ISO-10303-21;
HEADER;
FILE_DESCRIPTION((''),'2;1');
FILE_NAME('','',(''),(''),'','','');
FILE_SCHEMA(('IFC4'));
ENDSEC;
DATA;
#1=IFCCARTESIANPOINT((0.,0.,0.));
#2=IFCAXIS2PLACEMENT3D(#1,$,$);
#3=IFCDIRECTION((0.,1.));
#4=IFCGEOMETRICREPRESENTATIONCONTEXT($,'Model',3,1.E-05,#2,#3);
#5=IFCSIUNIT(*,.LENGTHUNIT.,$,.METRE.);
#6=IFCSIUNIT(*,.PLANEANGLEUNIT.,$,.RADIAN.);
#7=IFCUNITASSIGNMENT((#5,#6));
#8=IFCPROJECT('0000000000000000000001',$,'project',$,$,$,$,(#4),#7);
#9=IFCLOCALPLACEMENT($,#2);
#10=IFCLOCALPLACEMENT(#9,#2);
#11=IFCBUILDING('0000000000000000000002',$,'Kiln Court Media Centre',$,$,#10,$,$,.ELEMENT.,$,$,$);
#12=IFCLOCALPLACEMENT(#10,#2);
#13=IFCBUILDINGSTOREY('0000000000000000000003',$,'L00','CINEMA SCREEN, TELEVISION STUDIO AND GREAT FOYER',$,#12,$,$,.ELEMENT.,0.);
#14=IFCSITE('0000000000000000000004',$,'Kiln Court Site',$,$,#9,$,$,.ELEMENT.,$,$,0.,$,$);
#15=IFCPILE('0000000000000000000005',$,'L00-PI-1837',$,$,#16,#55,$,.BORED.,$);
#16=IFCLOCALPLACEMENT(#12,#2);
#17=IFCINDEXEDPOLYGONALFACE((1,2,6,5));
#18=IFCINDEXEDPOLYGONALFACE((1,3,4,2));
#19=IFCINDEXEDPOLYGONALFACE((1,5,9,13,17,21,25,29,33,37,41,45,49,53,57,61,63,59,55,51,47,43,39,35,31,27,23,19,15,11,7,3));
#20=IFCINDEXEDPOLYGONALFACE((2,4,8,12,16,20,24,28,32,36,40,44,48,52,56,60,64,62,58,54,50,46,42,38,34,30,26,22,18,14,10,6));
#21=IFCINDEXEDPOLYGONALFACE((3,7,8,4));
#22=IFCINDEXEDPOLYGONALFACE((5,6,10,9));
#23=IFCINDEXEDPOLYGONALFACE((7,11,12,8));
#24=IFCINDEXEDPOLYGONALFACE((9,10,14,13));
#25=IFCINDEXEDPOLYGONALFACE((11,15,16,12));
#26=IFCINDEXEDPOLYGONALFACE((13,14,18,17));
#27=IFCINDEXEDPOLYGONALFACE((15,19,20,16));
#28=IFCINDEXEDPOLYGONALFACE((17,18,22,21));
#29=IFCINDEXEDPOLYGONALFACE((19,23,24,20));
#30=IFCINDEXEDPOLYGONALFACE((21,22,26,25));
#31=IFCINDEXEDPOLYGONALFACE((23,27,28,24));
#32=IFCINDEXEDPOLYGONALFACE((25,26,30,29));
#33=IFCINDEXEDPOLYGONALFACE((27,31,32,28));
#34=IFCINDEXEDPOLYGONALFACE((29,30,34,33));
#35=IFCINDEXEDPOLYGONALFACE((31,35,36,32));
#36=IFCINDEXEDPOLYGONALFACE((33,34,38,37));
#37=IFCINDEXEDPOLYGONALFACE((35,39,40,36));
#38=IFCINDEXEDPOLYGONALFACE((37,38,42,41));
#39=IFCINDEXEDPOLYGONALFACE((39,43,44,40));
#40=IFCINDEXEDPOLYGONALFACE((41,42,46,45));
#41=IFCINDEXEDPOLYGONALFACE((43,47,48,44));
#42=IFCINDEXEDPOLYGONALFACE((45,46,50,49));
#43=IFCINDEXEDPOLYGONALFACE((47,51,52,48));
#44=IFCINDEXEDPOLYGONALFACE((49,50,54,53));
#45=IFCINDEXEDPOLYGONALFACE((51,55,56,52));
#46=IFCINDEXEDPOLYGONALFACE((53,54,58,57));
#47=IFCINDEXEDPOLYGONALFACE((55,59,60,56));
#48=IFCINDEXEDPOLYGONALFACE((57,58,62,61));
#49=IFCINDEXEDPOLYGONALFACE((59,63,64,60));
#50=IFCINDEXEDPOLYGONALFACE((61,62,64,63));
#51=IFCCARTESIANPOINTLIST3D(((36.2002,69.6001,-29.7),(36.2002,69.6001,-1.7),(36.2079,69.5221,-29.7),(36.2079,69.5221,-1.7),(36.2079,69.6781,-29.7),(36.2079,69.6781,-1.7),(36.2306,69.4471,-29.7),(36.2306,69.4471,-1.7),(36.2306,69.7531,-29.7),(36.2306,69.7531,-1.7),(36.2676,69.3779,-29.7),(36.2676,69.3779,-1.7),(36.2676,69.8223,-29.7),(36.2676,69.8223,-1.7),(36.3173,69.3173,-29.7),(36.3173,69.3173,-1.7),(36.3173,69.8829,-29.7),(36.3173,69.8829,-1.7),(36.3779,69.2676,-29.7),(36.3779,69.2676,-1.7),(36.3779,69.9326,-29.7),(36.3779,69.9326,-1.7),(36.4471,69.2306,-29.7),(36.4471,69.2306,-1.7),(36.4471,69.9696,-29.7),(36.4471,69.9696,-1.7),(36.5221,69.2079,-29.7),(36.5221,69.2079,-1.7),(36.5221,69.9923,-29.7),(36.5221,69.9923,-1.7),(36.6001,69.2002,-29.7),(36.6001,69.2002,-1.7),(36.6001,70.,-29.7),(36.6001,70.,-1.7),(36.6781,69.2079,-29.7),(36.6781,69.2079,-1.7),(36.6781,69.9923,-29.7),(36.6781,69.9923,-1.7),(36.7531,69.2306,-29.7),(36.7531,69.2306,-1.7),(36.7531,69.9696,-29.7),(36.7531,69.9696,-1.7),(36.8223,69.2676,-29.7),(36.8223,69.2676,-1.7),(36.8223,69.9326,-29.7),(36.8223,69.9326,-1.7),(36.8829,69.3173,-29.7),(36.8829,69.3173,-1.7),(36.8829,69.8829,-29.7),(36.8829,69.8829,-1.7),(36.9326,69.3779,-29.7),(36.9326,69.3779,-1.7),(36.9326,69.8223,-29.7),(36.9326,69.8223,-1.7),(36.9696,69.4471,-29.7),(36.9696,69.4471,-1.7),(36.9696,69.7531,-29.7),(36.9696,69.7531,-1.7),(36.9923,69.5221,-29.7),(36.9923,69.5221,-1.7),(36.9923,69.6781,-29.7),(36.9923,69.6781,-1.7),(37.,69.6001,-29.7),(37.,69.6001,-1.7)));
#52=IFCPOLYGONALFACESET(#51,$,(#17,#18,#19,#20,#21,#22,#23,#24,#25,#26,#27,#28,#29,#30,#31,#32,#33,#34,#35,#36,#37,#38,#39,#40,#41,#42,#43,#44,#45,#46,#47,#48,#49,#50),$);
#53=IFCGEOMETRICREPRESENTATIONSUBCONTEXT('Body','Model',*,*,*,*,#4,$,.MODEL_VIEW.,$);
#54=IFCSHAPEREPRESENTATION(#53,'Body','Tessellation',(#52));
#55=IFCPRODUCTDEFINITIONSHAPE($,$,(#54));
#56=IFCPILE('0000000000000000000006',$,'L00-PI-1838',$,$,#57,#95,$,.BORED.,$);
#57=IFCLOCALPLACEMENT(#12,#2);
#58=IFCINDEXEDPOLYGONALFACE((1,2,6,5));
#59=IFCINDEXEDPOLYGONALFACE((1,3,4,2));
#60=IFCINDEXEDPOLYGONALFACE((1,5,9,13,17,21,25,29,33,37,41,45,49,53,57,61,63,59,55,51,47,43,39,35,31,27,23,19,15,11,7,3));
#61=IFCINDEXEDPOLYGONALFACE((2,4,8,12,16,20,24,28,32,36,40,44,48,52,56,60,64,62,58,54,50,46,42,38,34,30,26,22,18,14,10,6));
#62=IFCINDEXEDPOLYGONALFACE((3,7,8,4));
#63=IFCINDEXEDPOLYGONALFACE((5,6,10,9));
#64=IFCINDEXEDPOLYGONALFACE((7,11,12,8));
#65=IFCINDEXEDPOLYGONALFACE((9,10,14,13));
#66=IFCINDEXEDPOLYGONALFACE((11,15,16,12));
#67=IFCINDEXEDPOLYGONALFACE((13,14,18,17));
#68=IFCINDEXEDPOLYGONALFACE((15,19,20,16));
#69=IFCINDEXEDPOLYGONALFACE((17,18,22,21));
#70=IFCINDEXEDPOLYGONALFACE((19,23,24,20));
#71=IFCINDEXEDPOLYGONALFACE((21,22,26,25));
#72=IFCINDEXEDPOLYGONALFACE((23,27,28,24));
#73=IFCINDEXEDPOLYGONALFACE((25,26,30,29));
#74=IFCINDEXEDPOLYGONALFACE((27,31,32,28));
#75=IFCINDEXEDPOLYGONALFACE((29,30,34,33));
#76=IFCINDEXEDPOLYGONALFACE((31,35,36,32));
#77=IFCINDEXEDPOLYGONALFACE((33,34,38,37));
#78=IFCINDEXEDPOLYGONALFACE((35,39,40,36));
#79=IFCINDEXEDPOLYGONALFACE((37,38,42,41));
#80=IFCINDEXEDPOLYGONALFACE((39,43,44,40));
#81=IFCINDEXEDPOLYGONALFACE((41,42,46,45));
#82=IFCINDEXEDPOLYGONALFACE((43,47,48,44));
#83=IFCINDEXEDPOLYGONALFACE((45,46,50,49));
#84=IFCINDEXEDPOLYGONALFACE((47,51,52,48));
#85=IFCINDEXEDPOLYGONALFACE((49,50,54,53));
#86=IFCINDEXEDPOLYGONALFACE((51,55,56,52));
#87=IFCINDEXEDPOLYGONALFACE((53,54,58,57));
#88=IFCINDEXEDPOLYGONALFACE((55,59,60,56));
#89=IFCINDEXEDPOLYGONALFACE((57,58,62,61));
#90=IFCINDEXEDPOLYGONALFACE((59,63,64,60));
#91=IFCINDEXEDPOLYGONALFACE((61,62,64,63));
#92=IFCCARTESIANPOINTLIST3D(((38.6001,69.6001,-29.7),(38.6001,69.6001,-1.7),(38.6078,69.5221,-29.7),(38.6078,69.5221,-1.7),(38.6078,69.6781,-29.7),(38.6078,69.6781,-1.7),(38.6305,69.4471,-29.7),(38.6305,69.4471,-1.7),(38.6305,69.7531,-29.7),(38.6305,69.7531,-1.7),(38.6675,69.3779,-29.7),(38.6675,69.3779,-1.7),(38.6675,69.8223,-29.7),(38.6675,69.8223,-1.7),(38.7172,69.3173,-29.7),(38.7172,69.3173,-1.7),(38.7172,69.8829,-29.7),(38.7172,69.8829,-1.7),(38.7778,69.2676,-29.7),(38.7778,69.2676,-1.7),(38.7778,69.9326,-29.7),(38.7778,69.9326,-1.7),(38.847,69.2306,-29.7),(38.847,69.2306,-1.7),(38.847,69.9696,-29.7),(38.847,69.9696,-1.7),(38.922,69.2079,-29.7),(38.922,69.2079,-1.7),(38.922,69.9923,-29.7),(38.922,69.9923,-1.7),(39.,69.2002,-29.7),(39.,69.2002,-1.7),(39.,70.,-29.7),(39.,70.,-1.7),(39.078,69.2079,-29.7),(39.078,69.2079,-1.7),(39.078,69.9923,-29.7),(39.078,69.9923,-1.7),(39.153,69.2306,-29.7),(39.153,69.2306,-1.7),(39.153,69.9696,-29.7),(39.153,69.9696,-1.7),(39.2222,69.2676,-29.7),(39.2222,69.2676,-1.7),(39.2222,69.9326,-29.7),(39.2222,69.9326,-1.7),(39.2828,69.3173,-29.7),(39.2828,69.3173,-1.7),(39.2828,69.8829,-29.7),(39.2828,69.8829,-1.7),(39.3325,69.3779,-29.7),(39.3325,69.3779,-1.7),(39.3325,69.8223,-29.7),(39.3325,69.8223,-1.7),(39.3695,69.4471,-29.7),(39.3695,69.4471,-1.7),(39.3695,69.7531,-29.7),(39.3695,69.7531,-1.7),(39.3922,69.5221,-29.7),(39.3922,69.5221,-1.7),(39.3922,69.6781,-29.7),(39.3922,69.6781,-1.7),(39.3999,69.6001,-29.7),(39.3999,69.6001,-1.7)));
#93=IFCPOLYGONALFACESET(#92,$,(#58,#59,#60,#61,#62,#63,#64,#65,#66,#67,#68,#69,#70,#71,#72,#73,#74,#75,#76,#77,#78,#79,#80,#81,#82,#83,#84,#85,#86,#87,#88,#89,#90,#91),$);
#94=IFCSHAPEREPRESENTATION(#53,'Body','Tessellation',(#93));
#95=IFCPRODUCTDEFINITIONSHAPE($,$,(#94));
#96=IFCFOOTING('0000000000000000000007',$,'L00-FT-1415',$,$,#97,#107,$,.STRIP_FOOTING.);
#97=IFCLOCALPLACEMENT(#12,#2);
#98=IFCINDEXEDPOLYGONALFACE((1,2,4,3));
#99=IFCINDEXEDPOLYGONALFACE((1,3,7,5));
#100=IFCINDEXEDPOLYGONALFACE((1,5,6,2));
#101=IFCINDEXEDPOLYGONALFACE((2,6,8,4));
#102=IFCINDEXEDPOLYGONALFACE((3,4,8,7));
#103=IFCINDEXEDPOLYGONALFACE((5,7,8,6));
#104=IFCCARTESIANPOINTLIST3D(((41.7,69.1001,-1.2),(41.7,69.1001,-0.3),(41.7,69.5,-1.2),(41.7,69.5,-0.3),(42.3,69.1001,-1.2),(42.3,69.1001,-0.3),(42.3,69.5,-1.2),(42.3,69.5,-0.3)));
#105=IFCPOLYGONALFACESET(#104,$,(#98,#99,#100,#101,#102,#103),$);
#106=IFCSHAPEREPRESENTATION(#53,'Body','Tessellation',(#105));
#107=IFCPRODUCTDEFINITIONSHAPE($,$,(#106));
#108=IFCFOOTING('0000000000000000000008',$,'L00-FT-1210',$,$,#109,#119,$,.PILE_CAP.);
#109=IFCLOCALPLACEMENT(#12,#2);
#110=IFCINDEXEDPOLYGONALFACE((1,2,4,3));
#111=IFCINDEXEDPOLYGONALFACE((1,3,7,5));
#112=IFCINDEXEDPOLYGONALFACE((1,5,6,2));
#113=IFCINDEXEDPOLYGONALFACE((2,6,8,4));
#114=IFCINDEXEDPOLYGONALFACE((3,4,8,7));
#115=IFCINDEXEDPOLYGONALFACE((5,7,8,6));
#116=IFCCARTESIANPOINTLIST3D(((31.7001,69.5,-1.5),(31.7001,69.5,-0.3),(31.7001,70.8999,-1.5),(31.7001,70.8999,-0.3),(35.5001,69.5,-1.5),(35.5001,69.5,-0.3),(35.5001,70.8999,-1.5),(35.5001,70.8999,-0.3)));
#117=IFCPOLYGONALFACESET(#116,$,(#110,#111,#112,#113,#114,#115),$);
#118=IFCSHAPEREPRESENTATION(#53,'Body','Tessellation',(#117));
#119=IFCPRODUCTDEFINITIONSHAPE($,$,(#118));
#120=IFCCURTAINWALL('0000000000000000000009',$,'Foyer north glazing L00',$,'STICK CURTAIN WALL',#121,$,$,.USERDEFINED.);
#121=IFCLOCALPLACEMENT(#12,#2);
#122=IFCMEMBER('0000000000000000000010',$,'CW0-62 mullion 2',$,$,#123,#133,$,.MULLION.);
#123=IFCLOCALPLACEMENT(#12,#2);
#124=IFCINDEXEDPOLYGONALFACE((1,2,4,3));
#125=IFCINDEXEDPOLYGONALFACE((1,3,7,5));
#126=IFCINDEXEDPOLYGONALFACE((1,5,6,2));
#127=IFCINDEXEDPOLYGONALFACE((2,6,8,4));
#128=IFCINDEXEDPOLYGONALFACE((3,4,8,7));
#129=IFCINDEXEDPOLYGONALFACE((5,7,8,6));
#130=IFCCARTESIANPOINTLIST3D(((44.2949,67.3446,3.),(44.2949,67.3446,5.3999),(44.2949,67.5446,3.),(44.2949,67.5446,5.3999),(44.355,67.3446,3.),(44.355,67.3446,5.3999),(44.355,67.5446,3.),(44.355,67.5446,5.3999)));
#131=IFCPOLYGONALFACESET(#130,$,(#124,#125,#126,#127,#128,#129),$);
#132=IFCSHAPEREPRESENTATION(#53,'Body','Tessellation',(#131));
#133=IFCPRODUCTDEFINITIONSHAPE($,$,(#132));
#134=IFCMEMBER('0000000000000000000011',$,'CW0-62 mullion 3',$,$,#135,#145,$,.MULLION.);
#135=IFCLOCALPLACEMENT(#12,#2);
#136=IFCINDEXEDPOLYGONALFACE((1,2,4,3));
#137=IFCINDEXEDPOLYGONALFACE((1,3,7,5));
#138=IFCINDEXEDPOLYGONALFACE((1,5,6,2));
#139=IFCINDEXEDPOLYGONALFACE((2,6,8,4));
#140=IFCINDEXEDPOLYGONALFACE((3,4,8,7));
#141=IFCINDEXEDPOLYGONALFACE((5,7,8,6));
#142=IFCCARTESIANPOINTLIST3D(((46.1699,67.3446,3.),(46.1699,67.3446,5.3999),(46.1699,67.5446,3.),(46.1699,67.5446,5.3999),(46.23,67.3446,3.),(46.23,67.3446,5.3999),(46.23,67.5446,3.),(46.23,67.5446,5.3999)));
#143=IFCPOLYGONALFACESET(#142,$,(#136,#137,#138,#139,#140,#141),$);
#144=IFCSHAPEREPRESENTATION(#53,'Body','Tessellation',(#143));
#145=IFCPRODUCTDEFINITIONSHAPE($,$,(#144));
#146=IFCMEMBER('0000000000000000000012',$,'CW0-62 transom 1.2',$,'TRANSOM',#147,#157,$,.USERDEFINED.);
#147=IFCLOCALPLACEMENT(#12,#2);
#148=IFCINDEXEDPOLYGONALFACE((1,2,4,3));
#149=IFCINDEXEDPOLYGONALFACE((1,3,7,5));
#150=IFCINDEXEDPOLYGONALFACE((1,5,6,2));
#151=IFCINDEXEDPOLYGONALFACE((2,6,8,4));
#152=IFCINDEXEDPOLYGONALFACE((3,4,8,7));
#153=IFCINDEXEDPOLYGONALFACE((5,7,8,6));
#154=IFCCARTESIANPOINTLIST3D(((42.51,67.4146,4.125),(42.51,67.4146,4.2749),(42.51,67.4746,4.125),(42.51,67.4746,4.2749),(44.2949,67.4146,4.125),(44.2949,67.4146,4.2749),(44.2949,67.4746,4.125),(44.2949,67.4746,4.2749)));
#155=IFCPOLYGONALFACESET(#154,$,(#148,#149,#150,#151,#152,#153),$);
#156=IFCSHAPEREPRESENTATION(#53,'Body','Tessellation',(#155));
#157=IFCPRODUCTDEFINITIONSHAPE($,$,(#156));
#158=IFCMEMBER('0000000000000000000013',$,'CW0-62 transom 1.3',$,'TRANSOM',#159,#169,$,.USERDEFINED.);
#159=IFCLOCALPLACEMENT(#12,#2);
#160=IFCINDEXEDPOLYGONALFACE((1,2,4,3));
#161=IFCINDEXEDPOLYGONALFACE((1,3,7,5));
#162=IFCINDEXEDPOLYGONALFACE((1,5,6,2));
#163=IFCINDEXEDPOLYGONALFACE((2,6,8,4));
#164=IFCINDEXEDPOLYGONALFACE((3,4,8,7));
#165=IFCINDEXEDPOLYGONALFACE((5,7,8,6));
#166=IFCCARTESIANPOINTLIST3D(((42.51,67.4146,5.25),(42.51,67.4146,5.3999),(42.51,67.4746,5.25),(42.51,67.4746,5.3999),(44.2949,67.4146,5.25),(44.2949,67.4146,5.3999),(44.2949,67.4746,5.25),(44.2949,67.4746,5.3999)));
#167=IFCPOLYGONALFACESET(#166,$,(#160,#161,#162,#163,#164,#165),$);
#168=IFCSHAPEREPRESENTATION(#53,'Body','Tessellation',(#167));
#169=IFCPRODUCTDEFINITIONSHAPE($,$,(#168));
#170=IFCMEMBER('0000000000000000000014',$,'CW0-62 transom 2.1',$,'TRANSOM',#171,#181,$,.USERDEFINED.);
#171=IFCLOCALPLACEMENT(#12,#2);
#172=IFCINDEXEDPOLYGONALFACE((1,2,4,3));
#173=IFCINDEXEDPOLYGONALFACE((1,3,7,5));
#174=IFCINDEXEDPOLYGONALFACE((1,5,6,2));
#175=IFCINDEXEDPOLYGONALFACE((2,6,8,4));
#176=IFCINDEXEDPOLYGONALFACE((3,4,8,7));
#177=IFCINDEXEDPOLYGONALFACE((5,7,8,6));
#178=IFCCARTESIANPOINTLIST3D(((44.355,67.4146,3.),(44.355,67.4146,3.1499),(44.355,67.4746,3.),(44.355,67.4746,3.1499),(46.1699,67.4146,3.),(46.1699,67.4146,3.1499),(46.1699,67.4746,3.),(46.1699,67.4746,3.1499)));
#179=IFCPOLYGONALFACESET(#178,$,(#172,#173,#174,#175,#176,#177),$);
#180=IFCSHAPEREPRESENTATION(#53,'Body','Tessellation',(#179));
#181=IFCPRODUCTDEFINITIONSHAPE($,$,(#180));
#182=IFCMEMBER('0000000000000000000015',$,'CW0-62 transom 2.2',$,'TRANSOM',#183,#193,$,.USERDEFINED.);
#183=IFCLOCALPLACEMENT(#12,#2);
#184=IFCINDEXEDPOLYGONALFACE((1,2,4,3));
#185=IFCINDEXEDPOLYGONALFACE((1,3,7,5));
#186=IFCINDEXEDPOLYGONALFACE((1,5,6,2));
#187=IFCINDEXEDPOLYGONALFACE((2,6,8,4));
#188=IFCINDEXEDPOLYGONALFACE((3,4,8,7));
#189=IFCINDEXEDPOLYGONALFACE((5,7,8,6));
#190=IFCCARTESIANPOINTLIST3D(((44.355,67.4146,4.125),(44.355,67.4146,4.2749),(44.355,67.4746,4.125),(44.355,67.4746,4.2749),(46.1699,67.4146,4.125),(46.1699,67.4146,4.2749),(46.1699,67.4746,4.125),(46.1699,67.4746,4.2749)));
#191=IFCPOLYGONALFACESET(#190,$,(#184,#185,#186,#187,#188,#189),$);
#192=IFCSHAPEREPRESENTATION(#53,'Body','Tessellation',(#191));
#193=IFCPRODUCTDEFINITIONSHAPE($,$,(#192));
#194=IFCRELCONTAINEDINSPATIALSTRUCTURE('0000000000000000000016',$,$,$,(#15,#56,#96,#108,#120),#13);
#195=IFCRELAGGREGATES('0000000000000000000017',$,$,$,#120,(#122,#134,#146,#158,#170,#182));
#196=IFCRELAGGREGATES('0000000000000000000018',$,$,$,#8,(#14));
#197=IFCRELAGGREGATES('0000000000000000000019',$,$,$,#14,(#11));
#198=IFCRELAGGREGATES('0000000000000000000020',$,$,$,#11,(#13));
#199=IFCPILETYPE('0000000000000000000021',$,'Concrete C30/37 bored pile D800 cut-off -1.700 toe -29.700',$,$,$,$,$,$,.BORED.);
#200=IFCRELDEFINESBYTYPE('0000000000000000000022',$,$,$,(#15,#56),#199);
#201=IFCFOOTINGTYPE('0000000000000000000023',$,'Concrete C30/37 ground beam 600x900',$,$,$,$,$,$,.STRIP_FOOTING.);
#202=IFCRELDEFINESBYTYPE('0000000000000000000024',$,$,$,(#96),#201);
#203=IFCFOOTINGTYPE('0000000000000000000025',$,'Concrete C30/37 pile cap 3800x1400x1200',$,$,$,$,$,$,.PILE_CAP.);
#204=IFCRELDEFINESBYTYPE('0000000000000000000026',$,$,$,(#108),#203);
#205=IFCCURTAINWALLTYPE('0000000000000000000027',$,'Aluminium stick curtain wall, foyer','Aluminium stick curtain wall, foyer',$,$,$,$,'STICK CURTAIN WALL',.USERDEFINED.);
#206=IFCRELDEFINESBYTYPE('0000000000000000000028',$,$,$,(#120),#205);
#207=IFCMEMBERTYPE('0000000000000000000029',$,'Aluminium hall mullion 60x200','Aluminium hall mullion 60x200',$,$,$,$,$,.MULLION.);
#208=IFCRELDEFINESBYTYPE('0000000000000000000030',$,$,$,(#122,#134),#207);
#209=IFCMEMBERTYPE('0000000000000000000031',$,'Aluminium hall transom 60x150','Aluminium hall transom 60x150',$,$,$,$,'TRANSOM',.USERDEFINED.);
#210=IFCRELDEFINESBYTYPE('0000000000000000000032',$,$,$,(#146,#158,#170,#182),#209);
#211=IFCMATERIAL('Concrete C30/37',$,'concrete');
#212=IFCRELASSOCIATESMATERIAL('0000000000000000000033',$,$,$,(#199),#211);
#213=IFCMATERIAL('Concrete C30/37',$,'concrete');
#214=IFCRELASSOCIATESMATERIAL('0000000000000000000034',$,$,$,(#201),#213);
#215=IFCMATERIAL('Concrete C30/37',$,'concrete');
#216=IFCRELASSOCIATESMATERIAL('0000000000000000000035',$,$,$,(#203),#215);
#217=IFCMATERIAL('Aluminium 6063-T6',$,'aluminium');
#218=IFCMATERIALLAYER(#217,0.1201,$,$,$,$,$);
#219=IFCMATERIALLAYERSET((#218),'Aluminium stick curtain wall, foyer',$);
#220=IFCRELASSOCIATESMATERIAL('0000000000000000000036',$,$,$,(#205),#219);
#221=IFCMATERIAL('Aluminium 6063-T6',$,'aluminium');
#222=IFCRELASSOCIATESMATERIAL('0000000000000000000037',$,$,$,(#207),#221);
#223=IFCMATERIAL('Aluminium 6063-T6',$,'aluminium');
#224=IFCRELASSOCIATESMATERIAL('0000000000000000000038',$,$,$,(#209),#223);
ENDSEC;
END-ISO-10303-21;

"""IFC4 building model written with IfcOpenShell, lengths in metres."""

from ifc_helpers import new_model, si_unit, direction, frame, origin, origin_2d, place, context, subcontext, project, spatial, rectangle, circle, extrude, material, layer, layer_set, material_profile, profile_set, type_object, element, aggregate, save


model = new_model("IFC4")

# Units and contexts
model_context = context("Model", 3, precision=1e-05, world=origin(), true_north=direction((0.0, 1.0)))
body_context = subcontext(model_context, "Body", "Model", "MODEL_VIEW")
ifc_project = project(units=[si_unit("LENGTHUNIT", "METRE"), si_unit("PLANEANGLEUNIT", "RADIAN")], contexts=[model_context])

# Site, building, storey
site_placement = place(None, origin())
site = spatial("IfcSite", under=ifc_project, at=site_placement, Name="Kiln Court Site", CompositionType="ELEMENT", RefElevation=0.0)
building_placement = place(site_placement, origin())
building = spatial("IfcBuilding", under=site, at=building_placement, Name="Kiln Court Media Centre", CompositionType="ELEMENT")
storey_placement = place(building_placement, origin())
storey = spatial("IfcBuildingStorey", under=building, at=storey_placement, Name="L00", Description="CINEMA SCREEN, TELEVISION STUDIO AND GREAT FOYER", CompositionType="ELEMENT", Elevation=0.0)

# Piles
ifc_material_1 = material(Name="Concrete C30/37", Category="concrete")
ifc_material_profile_1 = material_profile(ifc_material_1, circle(Radius=0.3999, at=origin_2d()), Name="PILE D800")
ifc_profile_set_1 = profile_set([ifc_material_profile_1], Name="Concrete C30/37")
pile_type_1 = type_object("IfcPileType", Name="Concrete C30/37 bored pile D800 cut-off -1.700 toe -29.700", PredefinedType="BORED", material=ifc_profile_set_1)
for number, where, z_axis, x_axis, name in (
    (1, (36.6001, 69.6001, -1.7), (0.0, 0.0, -1.0), (1.0, 0.0, 0.0), "L00-PI-1837"),
    (2, (39.0, 69.6001, -1.7), (0.0, 0.0, -1.0), (1.0, 0.0, 0.0), "L00-PI-1838"),
):
    element("IfcPile", number, at=place(storey_placement, frame(where, z_axis=z_axis, x_axis=x_axis)), inside=storey, type_object=pile_type_1, Name=name, PredefinedType="BORED", context=body_context, shape_type="SweptSolid", body=[
        extrude(circle(Radius=0.3999, at=origin_2d()), origin(), (0.0, 0.0, 1.0), 28.0),
    ])

# Footings
ifc_material_2 = material(Name="Concrete C30/37", Category="concrete")
footing_type_1 = type_object("IfcFootingType", Name="Concrete C30/37 ground beam 600x900", PredefinedType="STRIP_FOOTING", material=ifc_material_2)
footing_1_placement = place(storey_placement, frame((42.0, 69.3, -1.2), z_axis=(0.0, 0.0, 1.0), x_axis=(1.0, 0.0, 0.0)))
element("IfcFooting", 3, at=footing_1_placement, inside=storey, type_object=footing_type_1, Name="L00-FT-1415", PredefinedType="STRIP_FOOTING", context=body_context, shape_type="SweptSolid", body=[
    extrude(rectangle(XDim=0.6001, YDim=0.3999, at=origin_2d()), origin(), (0.0, 0.0, 1.0), 0.8999),
])
ifc_material_3 = material(Name="Concrete C30/37", Category="concrete")
footing_type_2 = type_object("IfcFootingType", Name="Concrete C30/37 pile cap 3800x1400x1200", PredefinedType="PILE_CAP", material=ifc_material_3)
footing_2_placement = place(storey_placement, frame((33.6001, 70.2, -1.5), z_axis=(0.0, 0.0, 1.0), x_axis=(1.0, 0.0, 0.0)))
element("IfcFooting", 4, at=footing_2_placement, inside=storey, type_object=footing_type_2, Name="L00-FT-1210", PredefinedType="PILE_CAP", context=body_context, shape_type="SweptSolid", body=[
    extrude(rectangle(XDim=3.8, YDim=1.3999, at=origin_2d()), origin(), (0.0, 0.0, 1.0), 1.2),
])

# Curtain wall, members
ifc_material_4 = material(Name="Aluminium 6063-T6", Category="aluminium")
ifc_layer_1 = layer(ifc_material_4, 0.1201)
ifc_layer_set_1 = layer_set([ifc_layer_1], Name="Aluminium stick curtain wall, foyer")
curtain_wall_type = type_object("IfcCurtainWallType", Name="Aluminium stick curtain wall, foyer", Description="Aluminium stick curtain wall, foyer", ElementType="STICK CURTAIN WALL", PredefinedType="USERDEFINED", material=ifc_layer_set_1)
curtain_wall_placement = place(storey_placement, origin())
curtain_wall = element("IfcCurtainWall", 5, at=curtain_wall_placement, inside=storey, type_object=curtain_wall_type, Name="Foyer north glazing L00", ObjectType="STICK CURTAIN WALL", PredefinedType="USERDEFINED")
ifc_material_5 = material(Name="Aluminium 6063-T6", Category="aluminium")
ifc_material_profile_2 = material_profile(ifc_material_5, rectangle(XDim=0.0601, YDim=0.2, at=origin_2d()), Name="Aluminium hall mullion 60x200")
ifc_profile_set_2 = profile_set([ifc_material_profile_2], Name="Aluminium 6063-T6")
member_type_1 = type_object("IfcMemberType", Name="Aluminium hall mullion 60x200", Description="Aluminium hall mullion 60x200", PredefinedType="MULLION", material=ifc_profile_set_2)
member_1_placement = place(storey_placement, frame((44.325, 67.4446, 3.0), z_axis=(0.0, 0.0, 1.0), x_axis=(1.0, 0.0, 0.0)))
member_1 = element("IfcMember", 6, at=member_1_placement, type_object=member_type_1, Name="CW0-62 mullion 2", PredefinedType="MULLION", context=body_context, shape_type="SweptSolid", body=[
    extrude(rectangle(XDim=0.0601, YDim=0.2, at=origin_2d()), origin(), (0.0, 0.0, 1.0), 2.3999),
])
member_2_placement = place(storey_placement, frame((46.2, 67.4446, 3.0), z_axis=(0.0, 0.0, 1.0), x_axis=(1.0, 0.0, 0.0)))
member_2 = element("IfcMember", 7, at=member_2_placement, type_object=member_type_1, Name="CW0-62 mullion 3", PredefinedType="MULLION", context=body_context, shape_type="SweptSolid", body=[
    extrude(rectangle(XDim=0.0601, YDim=0.2, at=origin_2d()), origin(), (0.0, 0.0, 1.0), 2.3999),
])
ifc_material_6 = material(Name="Aluminium 6063-T6", Category="aluminium")
ifc_material_profile_3 = material_profile(ifc_material_6, rectangle(XDim=0.0601, YDim=0.1499, at=origin_2d()), Name="Aluminium hall transom 60x150")
ifc_profile_set_3 = profile_set([ifc_material_profile_3], Name="Aluminium 6063-T6")
member_type_2 = type_object("IfcMemberType", Name="Aluminium hall transom 60x150", Description="Aluminium hall transom 60x150", ElementType="TRANSOM", PredefinedType="USERDEFINED", material=ifc_profile_set_3)
member_3_placement = place(storey_placement, frame((42.51, 67.4446, 4.2), z_axis=(1.0, 0.0, 0.0), x_axis=(0.0, 1.0, 0.0)))
member_3 = element("IfcMember", 8, at=member_3_placement, type_object=member_type_2, Name="CW0-62 transom 1.2", ObjectType="TRANSOM", PredefinedType="USERDEFINED", context=body_context, shape_type="SweptSolid", body=[
    extrude(rectangle(XDim=0.0601, YDim=0.1499, at=origin_2d()), origin(), (0.0, 0.0, 1.0), 1.7849),
])
member_4_placement = place(storey_placement, frame((42.51, 67.4446, 5.325), z_axis=(1.0, 0.0, 0.0), x_axis=(0.0, 1.0, 0.0)))
member_4 = element("IfcMember", 9, at=member_4_placement, type_object=member_type_2, Name="CW0-62 transom 1.3", ObjectType="TRANSOM", PredefinedType="USERDEFINED", context=body_context, shape_type="SweptSolid", body=[
    extrude(rectangle(XDim=0.0601, YDim=0.1499, at=origin_2d()), origin(), (0.0, 0.0, 1.0), 1.7849),
])
member_5_placement = place(storey_placement, frame((44.355, 67.4446, 3.075), z_axis=(1.0, 0.0, 0.0), x_axis=(0.0, 1.0, 0.0)))
member_5 = element("IfcMember", 10, at=member_5_placement, type_object=member_type_2, Name="CW0-62 transom 2.1", ObjectType="TRANSOM", PredefinedType="USERDEFINED", context=body_context, shape_type="SweptSolid", body=[
    extrude(rectangle(XDim=0.0601, YDim=0.1499, at=origin_2d()), origin(), (0.0, 0.0, 1.0), 1.8149),
])
member_6_placement = place(storey_placement, frame((44.355, 67.4446, 4.2), z_axis=(1.0, 0.0, 0.0), x_axis=(0.0, 1.0, 0.0)))
member_6 = element("IfcMember", 11, at=member_6_placement, type_object=member_type_2, Name="CW0-62 transom 2.2", ObjectType="TRANSOM", PredefinedType="USERDEFINED", context=body_context, shape_type="SweptSolid", body=[
    extrude(rectangle(XDim=0.0601, YDim=0.1499, at=origin_2d()), origin(), (0.0, 0.0, 1.0), 1.8149),
])
aggregate(curtain_wall, [member_1, member_2, member_3, member_4, member_5, member_6])

save(model, "model.ifc")
